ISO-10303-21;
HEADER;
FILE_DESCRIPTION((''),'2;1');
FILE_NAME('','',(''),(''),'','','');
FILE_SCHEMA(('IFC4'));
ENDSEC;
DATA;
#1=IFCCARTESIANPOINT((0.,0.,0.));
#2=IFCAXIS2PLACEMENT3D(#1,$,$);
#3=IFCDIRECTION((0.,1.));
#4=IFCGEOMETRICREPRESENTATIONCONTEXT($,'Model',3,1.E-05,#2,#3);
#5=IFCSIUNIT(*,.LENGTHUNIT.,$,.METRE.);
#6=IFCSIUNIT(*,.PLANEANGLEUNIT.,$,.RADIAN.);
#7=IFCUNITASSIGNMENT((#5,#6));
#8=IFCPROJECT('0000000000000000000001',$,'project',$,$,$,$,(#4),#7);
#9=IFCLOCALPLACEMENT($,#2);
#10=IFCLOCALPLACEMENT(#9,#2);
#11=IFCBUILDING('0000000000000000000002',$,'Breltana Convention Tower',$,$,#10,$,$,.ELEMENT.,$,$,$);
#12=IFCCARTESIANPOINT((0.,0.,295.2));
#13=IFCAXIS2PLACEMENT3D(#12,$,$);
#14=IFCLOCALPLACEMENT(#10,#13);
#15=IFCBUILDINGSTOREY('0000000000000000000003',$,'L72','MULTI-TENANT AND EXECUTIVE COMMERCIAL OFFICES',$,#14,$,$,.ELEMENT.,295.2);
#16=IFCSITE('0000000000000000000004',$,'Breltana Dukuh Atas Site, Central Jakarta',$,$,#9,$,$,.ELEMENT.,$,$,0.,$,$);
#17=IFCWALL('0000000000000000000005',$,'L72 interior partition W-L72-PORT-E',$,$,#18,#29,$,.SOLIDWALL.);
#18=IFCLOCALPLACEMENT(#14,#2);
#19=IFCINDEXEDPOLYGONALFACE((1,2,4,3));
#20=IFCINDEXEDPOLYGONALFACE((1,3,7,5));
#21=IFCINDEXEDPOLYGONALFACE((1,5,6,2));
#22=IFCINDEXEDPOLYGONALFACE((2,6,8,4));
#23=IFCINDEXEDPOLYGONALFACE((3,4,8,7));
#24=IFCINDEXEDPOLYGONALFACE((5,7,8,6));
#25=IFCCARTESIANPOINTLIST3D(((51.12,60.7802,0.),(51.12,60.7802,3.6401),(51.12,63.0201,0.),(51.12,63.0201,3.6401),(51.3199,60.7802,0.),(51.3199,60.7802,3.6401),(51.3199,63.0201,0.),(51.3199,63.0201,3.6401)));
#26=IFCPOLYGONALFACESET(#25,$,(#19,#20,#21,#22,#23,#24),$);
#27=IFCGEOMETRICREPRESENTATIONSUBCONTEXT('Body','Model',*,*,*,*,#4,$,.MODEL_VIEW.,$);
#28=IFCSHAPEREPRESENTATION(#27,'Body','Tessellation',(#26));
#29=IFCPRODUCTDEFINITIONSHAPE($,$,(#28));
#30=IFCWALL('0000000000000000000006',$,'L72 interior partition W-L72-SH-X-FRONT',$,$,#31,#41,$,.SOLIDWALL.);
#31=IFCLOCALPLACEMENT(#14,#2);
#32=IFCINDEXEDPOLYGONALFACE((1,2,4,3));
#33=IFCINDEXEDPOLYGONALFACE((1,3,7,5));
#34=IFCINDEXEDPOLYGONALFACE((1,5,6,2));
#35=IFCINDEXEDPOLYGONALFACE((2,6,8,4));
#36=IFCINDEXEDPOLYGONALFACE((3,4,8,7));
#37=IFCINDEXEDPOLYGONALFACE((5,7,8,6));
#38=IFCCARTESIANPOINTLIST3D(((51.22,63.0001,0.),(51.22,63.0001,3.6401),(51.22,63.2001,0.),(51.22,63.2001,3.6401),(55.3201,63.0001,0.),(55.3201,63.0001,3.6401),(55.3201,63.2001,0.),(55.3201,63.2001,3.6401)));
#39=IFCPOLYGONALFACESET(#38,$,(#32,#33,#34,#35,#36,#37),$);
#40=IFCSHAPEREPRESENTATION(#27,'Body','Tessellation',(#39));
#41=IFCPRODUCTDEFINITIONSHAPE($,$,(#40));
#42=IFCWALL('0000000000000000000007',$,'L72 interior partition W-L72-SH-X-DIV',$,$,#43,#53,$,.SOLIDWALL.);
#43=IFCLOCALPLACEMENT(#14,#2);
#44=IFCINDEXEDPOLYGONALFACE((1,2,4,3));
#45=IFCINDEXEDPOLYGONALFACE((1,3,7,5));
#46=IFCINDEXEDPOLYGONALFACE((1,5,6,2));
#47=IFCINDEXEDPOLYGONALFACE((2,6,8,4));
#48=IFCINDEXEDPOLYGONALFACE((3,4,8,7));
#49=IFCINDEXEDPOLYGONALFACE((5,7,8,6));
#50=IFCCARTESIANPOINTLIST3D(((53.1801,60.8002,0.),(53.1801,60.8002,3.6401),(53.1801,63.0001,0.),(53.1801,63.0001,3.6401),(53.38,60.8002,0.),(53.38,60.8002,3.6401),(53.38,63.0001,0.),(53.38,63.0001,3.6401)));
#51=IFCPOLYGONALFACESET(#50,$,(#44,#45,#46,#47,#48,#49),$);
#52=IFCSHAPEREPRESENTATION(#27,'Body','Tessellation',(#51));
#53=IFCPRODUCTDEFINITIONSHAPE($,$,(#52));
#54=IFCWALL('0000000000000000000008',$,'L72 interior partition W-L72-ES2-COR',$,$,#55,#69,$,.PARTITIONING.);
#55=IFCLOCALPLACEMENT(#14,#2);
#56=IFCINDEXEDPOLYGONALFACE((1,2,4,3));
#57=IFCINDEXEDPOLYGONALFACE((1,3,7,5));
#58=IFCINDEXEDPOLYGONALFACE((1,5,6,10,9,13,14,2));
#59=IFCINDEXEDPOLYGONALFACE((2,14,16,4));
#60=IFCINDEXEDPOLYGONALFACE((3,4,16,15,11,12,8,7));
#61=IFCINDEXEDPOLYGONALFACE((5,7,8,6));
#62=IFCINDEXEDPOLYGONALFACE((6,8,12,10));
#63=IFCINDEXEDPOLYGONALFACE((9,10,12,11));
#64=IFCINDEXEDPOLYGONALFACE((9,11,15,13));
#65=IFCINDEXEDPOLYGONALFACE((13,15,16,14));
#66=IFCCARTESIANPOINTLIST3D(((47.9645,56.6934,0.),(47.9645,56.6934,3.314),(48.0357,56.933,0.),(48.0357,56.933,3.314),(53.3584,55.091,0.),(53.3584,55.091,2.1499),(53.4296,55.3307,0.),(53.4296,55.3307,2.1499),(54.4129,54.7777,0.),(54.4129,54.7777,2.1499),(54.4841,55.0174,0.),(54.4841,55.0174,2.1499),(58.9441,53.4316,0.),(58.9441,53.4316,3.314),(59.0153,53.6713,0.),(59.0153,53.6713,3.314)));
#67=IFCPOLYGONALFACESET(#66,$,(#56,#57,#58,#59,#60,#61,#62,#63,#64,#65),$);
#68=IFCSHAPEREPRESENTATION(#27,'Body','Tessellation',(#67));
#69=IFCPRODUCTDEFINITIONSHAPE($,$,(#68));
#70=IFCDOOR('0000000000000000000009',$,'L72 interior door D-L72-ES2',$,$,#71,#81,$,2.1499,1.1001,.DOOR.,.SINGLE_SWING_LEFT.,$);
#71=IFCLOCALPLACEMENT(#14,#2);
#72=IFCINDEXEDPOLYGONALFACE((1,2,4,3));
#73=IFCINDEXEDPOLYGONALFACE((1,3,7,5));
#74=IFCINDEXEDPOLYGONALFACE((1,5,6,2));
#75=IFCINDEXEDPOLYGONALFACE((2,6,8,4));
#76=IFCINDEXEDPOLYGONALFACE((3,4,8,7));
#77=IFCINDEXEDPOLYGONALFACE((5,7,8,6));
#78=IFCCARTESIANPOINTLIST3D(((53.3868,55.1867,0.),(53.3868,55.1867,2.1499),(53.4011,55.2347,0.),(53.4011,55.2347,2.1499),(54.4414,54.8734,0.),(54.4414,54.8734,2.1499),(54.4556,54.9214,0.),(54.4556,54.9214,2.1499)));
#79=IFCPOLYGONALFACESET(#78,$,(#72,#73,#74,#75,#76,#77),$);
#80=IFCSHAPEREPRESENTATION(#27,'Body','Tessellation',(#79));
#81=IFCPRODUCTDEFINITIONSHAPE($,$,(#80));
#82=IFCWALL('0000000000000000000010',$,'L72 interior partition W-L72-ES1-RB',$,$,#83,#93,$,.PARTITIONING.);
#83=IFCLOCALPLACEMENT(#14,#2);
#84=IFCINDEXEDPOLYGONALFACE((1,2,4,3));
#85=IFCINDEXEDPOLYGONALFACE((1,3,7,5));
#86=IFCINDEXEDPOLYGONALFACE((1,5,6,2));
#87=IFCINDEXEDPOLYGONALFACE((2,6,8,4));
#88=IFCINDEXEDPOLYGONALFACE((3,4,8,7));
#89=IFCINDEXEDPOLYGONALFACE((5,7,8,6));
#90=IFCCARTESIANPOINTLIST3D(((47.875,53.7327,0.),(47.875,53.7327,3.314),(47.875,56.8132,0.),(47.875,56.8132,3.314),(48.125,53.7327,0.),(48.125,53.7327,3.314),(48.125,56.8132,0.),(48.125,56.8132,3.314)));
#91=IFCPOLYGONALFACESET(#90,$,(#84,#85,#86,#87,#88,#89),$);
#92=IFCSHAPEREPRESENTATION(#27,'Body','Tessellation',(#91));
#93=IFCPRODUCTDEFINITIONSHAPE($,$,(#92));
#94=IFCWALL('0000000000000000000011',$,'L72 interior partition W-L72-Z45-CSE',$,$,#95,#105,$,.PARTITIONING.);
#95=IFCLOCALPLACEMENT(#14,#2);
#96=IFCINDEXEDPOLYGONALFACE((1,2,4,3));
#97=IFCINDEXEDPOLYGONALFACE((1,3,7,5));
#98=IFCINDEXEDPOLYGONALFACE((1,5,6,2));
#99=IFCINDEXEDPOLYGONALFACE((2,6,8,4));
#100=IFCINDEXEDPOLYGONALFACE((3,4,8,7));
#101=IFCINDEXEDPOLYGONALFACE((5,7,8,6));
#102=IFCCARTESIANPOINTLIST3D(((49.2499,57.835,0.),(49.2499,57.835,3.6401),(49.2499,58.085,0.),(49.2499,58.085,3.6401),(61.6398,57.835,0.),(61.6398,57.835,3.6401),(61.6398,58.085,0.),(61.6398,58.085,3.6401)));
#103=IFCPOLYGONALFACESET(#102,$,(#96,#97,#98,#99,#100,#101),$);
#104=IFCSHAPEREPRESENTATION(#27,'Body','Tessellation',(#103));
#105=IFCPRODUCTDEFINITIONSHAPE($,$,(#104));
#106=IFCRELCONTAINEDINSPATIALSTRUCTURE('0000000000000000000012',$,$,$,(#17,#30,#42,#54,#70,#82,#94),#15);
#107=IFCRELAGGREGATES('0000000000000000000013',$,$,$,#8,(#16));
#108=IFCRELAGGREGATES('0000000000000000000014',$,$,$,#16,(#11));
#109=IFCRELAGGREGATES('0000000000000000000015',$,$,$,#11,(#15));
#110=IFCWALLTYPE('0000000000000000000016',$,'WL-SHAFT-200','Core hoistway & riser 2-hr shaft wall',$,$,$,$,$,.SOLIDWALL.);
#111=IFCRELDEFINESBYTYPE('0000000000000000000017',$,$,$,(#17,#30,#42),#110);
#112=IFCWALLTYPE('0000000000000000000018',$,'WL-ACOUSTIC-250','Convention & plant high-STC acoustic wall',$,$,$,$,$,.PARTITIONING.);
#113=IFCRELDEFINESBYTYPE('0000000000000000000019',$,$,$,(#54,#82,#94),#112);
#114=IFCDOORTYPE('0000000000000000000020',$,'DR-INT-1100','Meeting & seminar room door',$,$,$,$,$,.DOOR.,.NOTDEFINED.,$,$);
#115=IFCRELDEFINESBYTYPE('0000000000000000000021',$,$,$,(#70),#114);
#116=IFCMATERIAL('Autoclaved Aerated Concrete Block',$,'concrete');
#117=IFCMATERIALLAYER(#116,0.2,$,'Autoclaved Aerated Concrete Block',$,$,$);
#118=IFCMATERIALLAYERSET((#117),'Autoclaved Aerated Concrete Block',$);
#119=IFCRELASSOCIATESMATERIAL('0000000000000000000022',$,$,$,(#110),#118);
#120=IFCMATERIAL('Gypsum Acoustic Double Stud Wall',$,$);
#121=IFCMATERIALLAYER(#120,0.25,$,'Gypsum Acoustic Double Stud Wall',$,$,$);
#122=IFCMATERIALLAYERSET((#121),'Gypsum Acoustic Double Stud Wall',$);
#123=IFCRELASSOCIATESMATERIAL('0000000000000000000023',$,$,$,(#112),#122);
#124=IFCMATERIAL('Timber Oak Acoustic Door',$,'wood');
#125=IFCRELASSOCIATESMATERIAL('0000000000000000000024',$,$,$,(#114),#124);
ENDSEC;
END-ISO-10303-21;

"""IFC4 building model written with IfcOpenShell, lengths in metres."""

from ifc_helpers import new_model, si_unit, direction, frame, frame_2d, origin, place, context, subcontext, project, spatial, rectangle, extrude, source, transform, mapped, material, layer, layer_set, type_object, type_shapes, element, fill, save


model = new_model("IFC4")

# Units and contexts
model_context = context("Model", 3, precision=1e-05, world=origin(), true_north=direction((0.0, 1.0)))
body_context = subcontext(model_context, "Body", "Model", "MODEL_VIEW")
ifc_project = project(units=[si_unit("LENGTHUNIT", "METRE"), si_unit("PLANEANGLEUNIT", "RADIAN")], contexts=[model_context])

# Site, building, storey
site_placement = place(None, origin())
site = spatial("IfcSite", under=ifc_project, at=site_placement, Name="Breltana Dukuh Atas Site, Central Jakarta", CompositionType="ELEMENT", RefElevation=0.0)
building_placement = place(site_placement, origin())
building = spatial("IfcBuilding", under=site, at=building_placement, Name="Breltana Convention Tower", CompositionType="ELEMENT")
storey_placement = place(building_placement, frame((0.0, 0.0, 295.2)))
storey = spatial("IfcBuildingStorey", under=building, at=storey_placement, Name="L72", Description="MULTI-TENANT AND EXECUTIVE COMMERCIAL OFFICES", CompositionType="ELEMENT", Elevation=295.2)

# Walls
ifc_material_1 = material(Name="Autoclaved Aerated Concrete Block", Category="concrete")
ifc_layer_1 = layer(ifc_material_1, 0.2, Name="Autoclaved Aerated Concrete Block")
ifc_layer_set_1 = layer_set([ifc_layer_1], Name="Autoclaved Aerated Concrete Block")
wall_type_1 = type_object("IfcWallType", Name="WL-SHAFT-200", Description="Core hoistway & riser 2-hr shaft wall", PredefinedType="SOLIDWALL", material=ifc_layer_set_1)
shared_shape_1 = source(origin(), body_context, "Body", "SweptSolid", [
    extrude(rectangle(XDim=2.24, YDim=0.2, at=frame_2d((1.1201, 0.0))), origin(), (0.0, 0.0, 1.0), 3.6401),
])
for number, where, z_axis, x_axis, name in (
    (1, (51.22, 60.78, 0.0), (0.0, 0.0, 1.0), (0.0, 1.0, 0.0), "L72 interior partition W-L72-PORT-E"),
):
    element("IfcWall", number, at=place(storey_placement, frame(where, z_axis=z_axis, x_axis=x_axis)), inside=storey, type_object=wall_type_1, Name=name, PredefinedType="SOLIDWALL", context=body_context, shape_type="MappedRepresentation", body=[
        mapped(shared_shape_1, transform((0.0, 0.0, 0.0), scale=1.0)),
    ])
shared_shape_2 = source(origin(), body_context, "Body", "SweptSolid", [
    extrude(rectangle(XDim=4.1001, YDim=0.2, at=frame_2d((2.05, 0.0))), origin(), (0.0, 0.0, 1.0), 3.6401),
])
wall_1_placement = place(storey_placement, frame((51.22, 63.1001, 0.0), z_axis=(0.0, 0.0, 1.0), x_axis=(1.0, 0.0, 0.0)))
element("IfcWall", 2, at=wall_1_placement, inside=storey, type_object=wall_type_1, Name="L72 interior partition W-L72-SH-X-FRONT", PredefinedType="SOLIDWALL", context=body_context, shape_type="MappedRepresentation", body=[
    mapped(shared_shape_2, transform((0.0, 0.0, 0.0), scale=1.0)),
])
shared_shape_3 = source(origin(), body_context, "Body", "SweptSolid", [
    extrude(rectangle(XDim=2.2, YDim=0.2, at=frame_2d((1.1001, 0.0))), origin(), (0.0, 0.0, 1.0), 3.6401),
])
wall_2_placement = place(storey_placement, frame((53.28, 60.8, 0.0), z_axis=(0.0, 0.0, 1.0), x_axis=(0.0, 1.0, 0.0)))
element("IfcWall", 3, at=wall_2_placement, inside=storey, type_object=wall_type_1, Name="L72 interior partition W-L72-SH-X-DIV", PredefinedType="SOLIDWALL", context=body_context, shape_type="MappedRepresentation", body=[
    mapped(shared_shape_3, transform((0.0, 0.0, 0.0), scale=1.0)),
])

# Wall, opening, door
ifc_material_2 = material(Name="Gypsum Acoustic Double Stud Wall")
ifc_layer_2 = layer(ifc_material_2, 0.25, Name="Gypsum Acoustic Double Stud Wall")
ifc_layer_set_2 = layer_set([ifc_layer_2], Name="Gypsum Acoustic Double Stud Wall")
wall_type_2 = type_object("IfcWallType", Name="WL-ACOUSTIC-250", Description="Convention & plant high-STC acoustic wall", PredefinedType="PARTITIONING", material=ifc_layer_set_2)
shared_shape_4 = source(origin(), body_context, "Body", "SweptSolid", [
    extrude(rectangle(XDim=11.4539, YDim=0.25, at=frame_2d((5.7271, 0.0))), origin(), (0.0, 0.0, 1.0), 3.314),
])
wall_3_placement = place(storey_placement, frame((48.0, 56.8132, 0.0), z_axis=(0.0, 0.0, 1.0), x_axis=(0.958595, -0.284773, 0.0)))
wall_3 = element("IfcWall", 4, at=wall_3_placement, inside=storey, type_object=wall_type_2, Name="L72 interior partition W-L72-ES2-COR", PredefinedType="PARTITIONING", context=body_context, shape_type="MappedRepresentation", body=[
    mapped(shared_shape_4, transform((0.0, 0.0, 0.0), scale=1.0)),
])
opening_1_placement = place(wall_3_placement, frame((5.627, 0.0, 0.0)))
opening_1 = element("IfcOpeningElement", 5, at=opening_1_placement, cuts=wall_3, PredefinedType="OPENING", context=body_context, shape_type="SweptSolid", body=[
    extrude(rectangle(XDim=1.1001, YDim=2.1499, at=frame_2d((0.55, 1.075))), frame((0.0, 0.135, 0.0), z_axis=(0.0, -1.0, 0.0), x_axis=(1.0, 0.0, 0.0)), (0.0, 0.0, 1.0), 0.27),
])
ifc_material_3 = material(Name="Timber Oak Acoustic Door", Category="wood")
door_type_1 = type_object("IfcDoorType", Name="DR-INT-1100", Description="Meeting & seminar room door", OperationType="NOTDEFINED", PredefinedType="DOOR", material=ifc_material_3)
shared_shape_5 = source(origin(), body_context, "Body", "SweptSolid", [
    extrude(rectangle(XDim=1.1001, YDim=2.1499, at=frame_2d((0.55, 1.075))), frame((0.0, 0.0249, 0.0), z_axis=(0.0, -1.0, 0.0), x_axis=(1.0, 0.0, 0.0)), (0.0, 0.0, 1.0), 0.05),
])
type_shapes(door_type_1, [shared_shape_5])
door_1_placement = place(opening_1_placement, origin())
door_1 = element("IfcDoor", 6, at=door_1_placement, inside=storey, type_object=door_type_1, Name="L72 interior door D-L72-ES2", OperationType="SINGLE_SWING_LEFT", OverallHeight=2.1499, OverallWidth=1.1001, PredefinedType="DOOR", context=body_context, shape_type="MappedRepresentation", body=[
    mapped(shared_shape_5, transform((0.0, 0.0, 0.0), scale=1.0)),
])
fill(opening_1, door_1)

# Walls
shared_shape_6 = source(origin(), body_context, "Body", "SweptSolid", [
    extrude(rectangle(XDim=3.0806, YDim=0.25, at=frame_2d((1.5403, 0.0))), origin(), (0.0, 0.0, 1.0), 3.314),
])
wall_4_placement = place(storey_placement, frame((48.0, 53.7327, 0.0), z_axis=(0.0, 0.0, 1.0), x_axis=(0.0, 1.0, 0.0)))
element("IfcWall", 7, at=wall_4_placement, inside=storey, type_object=wall_type_2, Name="L72 interior partition W-L72-ES1-RB", PredefinedType="PARTITIONING", context=body_context, shape_type="MappedRepresentation", body=[
    mapped(shared_shape_6, transform((0.0, 0.0, 0.0), scale=1.0)),
])
shared_shape_7 = source(origin(), body_context, "Body", "SweptSolid", [
    extrude(rectangle(XDim=12.3899, YDim=0.25, at=frame_2d((6.1948, 0.0))), origin(), (0.0, 0.0, 1.0), 3.6401),
])
wall_5_placement = place(storey_placement, frame((49.25, 57.96, 0.0), z_axis=(0.0, 0.0, 1.0), x_axis=(1.0, 0.0, 0.0)))
element("IfcWall", 8, at=wall_5_placement, inside=storey, type_object=wall_type_2, Name="L72 interior partition W-L72-Z45-CSE", PredefinedType="PARTITIONING", context=body_context, shape_type="MappedRepresentation", body=[
    mapped(shared_shape_7, transform((0.0, 0.0, 0.0), scale=1.0)),
])

save(model, "model.ifc")
